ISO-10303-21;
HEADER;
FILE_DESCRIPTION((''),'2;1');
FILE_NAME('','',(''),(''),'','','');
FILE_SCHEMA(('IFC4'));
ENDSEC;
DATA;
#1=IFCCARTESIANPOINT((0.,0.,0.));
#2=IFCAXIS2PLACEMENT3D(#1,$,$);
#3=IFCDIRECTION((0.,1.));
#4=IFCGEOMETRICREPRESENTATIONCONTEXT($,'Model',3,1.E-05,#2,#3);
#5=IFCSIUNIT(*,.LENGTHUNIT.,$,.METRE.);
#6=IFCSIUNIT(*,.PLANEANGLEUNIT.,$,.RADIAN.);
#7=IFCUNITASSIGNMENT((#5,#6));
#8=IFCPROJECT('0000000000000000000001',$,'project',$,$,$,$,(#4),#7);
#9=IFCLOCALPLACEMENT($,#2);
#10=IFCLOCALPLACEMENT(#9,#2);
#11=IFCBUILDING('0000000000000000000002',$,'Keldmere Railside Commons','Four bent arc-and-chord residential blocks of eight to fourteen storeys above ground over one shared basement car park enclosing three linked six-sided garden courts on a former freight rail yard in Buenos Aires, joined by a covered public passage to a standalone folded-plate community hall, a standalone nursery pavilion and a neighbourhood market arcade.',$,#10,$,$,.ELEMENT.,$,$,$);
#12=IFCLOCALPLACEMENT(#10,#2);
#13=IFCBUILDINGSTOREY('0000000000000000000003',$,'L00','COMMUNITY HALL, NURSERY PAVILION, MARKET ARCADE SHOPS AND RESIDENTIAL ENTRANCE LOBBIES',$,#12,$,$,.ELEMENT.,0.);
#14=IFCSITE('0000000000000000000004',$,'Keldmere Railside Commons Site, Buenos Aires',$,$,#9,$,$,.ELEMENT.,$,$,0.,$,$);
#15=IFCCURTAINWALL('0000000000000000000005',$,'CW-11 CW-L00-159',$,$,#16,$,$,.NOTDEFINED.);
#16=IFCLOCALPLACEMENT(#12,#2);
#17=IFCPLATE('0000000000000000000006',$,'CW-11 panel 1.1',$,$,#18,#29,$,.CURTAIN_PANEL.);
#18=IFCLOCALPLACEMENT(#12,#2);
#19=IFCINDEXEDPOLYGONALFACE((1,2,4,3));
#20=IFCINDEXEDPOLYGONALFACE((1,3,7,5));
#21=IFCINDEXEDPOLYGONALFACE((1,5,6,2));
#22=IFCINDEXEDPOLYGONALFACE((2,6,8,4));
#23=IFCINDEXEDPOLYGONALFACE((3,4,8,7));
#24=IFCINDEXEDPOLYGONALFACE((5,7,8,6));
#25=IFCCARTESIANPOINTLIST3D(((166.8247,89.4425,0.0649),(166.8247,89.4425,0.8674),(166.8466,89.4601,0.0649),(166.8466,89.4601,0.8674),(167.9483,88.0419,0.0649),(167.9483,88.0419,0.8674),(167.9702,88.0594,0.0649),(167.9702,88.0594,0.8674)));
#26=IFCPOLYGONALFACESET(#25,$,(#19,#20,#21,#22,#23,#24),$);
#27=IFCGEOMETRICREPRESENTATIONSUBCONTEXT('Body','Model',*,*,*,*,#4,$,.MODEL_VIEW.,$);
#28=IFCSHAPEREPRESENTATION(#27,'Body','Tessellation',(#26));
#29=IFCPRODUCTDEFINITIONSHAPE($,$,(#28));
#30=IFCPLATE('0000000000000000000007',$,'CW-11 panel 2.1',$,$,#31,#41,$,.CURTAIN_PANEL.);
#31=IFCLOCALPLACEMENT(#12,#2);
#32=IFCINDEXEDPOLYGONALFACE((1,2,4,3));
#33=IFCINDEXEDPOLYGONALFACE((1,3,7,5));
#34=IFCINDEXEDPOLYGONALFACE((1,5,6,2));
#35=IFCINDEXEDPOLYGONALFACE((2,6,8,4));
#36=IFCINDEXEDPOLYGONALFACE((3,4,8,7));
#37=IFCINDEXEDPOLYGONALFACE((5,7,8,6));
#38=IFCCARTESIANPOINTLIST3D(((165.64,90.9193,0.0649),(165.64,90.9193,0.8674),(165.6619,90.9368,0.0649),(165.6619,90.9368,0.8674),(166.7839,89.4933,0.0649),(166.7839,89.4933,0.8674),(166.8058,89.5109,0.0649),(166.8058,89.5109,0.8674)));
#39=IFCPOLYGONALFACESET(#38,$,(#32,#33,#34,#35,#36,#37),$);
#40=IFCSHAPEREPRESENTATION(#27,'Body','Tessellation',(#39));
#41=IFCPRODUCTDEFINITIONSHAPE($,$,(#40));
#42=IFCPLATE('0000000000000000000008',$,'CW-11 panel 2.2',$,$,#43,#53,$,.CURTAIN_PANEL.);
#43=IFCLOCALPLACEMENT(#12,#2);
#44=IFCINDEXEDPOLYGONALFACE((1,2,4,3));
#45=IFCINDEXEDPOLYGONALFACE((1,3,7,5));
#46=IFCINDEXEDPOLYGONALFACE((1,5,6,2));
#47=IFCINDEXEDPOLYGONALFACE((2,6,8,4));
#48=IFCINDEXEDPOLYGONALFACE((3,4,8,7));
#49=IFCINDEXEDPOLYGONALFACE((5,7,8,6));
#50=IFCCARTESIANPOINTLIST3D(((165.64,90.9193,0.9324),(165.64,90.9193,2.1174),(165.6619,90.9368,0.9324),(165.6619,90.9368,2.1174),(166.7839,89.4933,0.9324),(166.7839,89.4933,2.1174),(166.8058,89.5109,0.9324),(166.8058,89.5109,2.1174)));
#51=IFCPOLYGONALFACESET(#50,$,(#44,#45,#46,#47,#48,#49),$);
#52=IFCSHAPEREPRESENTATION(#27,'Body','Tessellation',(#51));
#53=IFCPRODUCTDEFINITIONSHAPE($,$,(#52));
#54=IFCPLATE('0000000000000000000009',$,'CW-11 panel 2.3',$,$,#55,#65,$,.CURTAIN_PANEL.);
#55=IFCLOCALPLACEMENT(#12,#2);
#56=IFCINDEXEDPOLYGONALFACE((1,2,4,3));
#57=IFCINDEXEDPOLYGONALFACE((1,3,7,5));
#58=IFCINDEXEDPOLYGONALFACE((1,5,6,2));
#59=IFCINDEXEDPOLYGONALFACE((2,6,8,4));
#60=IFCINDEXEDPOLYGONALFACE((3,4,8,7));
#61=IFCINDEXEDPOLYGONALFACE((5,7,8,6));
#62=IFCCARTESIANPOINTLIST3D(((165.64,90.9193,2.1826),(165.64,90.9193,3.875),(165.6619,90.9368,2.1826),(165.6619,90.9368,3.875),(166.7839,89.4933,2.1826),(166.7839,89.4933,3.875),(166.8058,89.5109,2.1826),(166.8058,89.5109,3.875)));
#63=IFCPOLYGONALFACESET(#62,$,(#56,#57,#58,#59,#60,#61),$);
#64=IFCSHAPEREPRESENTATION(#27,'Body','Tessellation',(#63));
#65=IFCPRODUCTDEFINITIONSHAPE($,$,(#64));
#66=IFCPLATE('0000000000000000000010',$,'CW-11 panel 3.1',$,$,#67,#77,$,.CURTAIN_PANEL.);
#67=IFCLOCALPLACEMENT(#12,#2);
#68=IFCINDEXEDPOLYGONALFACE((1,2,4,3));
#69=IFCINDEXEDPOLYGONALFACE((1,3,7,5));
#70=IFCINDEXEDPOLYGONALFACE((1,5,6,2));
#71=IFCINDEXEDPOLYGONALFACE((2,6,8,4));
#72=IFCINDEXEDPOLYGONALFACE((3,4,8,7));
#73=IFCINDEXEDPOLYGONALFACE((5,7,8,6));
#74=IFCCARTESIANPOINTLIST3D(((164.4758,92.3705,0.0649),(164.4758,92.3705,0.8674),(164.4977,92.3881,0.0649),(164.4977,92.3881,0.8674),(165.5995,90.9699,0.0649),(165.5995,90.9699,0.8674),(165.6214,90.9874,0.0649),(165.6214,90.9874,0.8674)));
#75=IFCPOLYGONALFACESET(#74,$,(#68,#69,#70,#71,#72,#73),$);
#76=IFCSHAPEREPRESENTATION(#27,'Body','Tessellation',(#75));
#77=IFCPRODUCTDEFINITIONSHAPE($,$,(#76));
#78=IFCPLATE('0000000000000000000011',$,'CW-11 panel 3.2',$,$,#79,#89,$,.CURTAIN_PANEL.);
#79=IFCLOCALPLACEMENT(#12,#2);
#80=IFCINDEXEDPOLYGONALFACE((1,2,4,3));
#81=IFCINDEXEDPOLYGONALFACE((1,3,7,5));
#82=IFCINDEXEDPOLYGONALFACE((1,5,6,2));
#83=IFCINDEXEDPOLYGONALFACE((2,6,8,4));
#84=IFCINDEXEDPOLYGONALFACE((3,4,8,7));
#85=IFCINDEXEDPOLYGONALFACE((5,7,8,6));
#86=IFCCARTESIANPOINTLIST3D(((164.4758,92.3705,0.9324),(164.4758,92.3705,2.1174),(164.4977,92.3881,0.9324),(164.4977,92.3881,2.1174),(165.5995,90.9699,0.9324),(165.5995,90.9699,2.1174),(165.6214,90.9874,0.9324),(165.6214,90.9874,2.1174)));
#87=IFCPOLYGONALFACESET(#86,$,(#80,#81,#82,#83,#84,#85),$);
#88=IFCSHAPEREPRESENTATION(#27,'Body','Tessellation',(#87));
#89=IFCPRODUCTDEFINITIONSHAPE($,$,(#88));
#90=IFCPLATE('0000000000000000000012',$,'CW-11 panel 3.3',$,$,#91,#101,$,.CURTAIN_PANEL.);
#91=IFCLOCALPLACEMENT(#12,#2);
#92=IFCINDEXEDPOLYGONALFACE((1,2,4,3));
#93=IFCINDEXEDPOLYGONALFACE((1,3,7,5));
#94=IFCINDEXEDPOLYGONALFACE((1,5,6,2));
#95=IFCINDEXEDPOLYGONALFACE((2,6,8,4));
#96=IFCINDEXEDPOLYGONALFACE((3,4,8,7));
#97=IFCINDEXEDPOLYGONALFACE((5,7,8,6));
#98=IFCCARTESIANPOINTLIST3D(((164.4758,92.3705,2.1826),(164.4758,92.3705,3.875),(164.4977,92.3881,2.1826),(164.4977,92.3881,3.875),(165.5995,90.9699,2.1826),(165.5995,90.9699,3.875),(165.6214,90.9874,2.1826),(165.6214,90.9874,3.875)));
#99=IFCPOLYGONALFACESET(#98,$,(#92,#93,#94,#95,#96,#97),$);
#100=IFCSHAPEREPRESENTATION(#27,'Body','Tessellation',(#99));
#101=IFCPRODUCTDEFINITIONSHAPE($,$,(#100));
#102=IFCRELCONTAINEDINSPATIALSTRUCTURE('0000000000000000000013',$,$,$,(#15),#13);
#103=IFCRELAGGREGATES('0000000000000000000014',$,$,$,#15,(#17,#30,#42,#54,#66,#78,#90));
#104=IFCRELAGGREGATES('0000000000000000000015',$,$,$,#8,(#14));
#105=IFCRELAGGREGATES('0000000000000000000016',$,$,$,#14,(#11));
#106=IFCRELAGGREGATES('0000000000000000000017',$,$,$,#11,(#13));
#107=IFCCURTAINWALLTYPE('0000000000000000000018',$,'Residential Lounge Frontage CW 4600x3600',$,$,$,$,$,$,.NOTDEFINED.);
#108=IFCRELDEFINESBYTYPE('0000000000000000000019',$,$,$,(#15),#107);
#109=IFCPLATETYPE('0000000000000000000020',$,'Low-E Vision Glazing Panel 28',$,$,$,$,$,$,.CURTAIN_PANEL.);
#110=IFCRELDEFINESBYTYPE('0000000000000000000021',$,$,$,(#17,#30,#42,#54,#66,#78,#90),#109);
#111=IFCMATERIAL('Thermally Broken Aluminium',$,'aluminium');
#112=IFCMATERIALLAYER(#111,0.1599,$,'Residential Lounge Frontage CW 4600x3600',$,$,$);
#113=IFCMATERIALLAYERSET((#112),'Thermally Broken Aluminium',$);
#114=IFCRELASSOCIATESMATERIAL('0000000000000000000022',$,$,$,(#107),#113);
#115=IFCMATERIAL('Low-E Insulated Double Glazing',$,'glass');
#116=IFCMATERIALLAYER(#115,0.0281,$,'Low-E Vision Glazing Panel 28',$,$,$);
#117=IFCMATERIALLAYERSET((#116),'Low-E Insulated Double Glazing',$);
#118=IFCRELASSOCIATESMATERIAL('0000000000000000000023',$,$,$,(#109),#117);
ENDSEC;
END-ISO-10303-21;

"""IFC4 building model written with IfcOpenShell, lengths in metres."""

from ifc_helpers import new_model, si_unit, direction, frame, origin, origin_2d, place, context, subcontext, project, spatial, rectangle, extrude, material, layer, layer_set, type_object, element, aggregate, save


model = new_model("IFC4")

# Units and contexts
model_context = context("Model", 3, precision=1e-05, world=origin(), true_north=direction((0.0, 1.0)))
body_context = subcontext(model_context, "Body", "Model", "MODEL_VIEW")
ifc_project = project(units=[si_unit("LENGTHUNIT", "METRE"), si_unit("PLANEANGLEUNIT", "RADIAN")], contexts=[model_context])

# Site, building, storey
site_placement = place(None, origin())
site = spatial("IfcSite", under=ifc_project, at=site_placement, Name="Keldmere Railside Commons Site, Buenos Aires", CompositionType="ELEMENT", RefElevation=0.0)
building_placement = place(site_placement, origin())
building = spatial("IfcBuilding", under=site, at=building_placement, Name="Keldmere Railside Commons", Description="Four bent arc-and-chord residential blocks of eight to fourteen storeys above ground over one shared basement car park enclosing three linked six-sided garden courts on a former freight rail yard in Buenos Aires, joined by a covered public passage to a standalone folded-plate community hall, a standalone nursery pavilion and a neighbourhood market arcade.", CompositionType="ELEMENT")
storey_placement = place(building_placement, origin())
storey = spatial("IfcBuildingStorey", under=building, at=storey_placement, Name="L00", Description="COMMUNITY HALL, NURSERY PAVILION, MARKET ARCADE SHOPS AND RESIDENTIAL ENTRANCE LOBBIES", CompositionType="ELEMENT", Elevation=0.0)

# Curtain wall
ifc_material_1 = material(Name="Thermally Broken Aluminium", Category="aluminium")
ifc_layer_1 = layer(ifc_material_1, 0.1599, Name="Residential Lounge Frontage CW 4600x3600")
ifc_layer_set_1 = layer_set([ifc_layer_1], Name="Thermally Broken Aluminium")
curtain_wall_type_1 = type_object("IfcCurtainWallType", Name="Residential Lounge Frontage CW 4600x3600", PredefinedType="NOTDEFINED", material=ifc_layer_set_1)
curtain_wall_1_placement = place(storey_placement, origin())
curtain_wall_1 = element("IfcCurtainWall", 1, at=curtain_wall_1_placement, inside=storey, type_object=curtain_wall_type_1, Name="CW-11 CW-L00-159", PredefinedType="NOTDEFINED")

# Plates
ifc_material_2 = material(Name="Low-E Insulated Double Glazing", Category="glass")
ifc_layer_2 = layer(ifc_material_2, 0.0281, Name="Low-E Vision Glazing Panel 28")
ifc_layer_set_2 = layer_set([ifc_layer_2], Name="Low-E Insulated Double Glazing")
plate_type_1 = type_object("IfcPlateType", Name="Low-E Vision Glazing Panel 28", PredefinedType="CURTAIN_PANEL", material=ifc_layer_set_2)
plate_1_placement = place(storey_placement, frame((167.3975, 88.751, 0.0649), z_axis=(0.0, 0.0, 1.0), x_axis=(-0.625768, 0.780009, 0.0)))
plate_1 = element("IfcPlate", 2, at=plate_1_placement, type_object=plate_type_1, Name="CW-11 panel 1.1", PredefinedType="CURTAIN_PANEL", context=body_context, shape_type="SweptSolid", body=[
    extrude(rectangle(XDim=1.7957, YDim=0.0281, at=origin_2d()), origin(), (0.0, 0.0, 1.0), 0.8025),
])
plate_2_placement = place(storey_placement, frame((166.2229, 90.2151, 0.0649), z_axis=(0.0, 0.0, 1.0), x_axis=(-0.625768, 0.780009, 0.0)))
plate_2 = element("IfcPlate", 3, at=plate_2_placement, type_object=plate_type_1, Name="CW-11 panel 2.1", PredefinedType="CURTAIN_PANEL", context=body_context, shape_type="SweptSolid", body=[
    extrude(rectangle(XDim=1.8281, YDim=0.0281, at=origin_2d()), origin(), (0.0, 0.0, 1.0), 0.8025),
])
plate_3_placement = place(storey_placement, frame((166.2229, 90.2151, 0.9324), z_axis=(0.0, 0.0, 1.0), x_axis=(-0.625768, 0.780009, 0.0)))
plate_3 = element("IfcPlate", 4, at=plate_3_placement, type_object=plate_type_1, Name="CW-11 panel 2.2", PredefinedType="CURTAIN_PANEL", context=body_context, shape_type="SweptSolid", body=[
    extrude(rectangle(XDim=1.8281, YDim=0.0281, at=origin_2d()), origin(), (0.0, 0.0, 1.0), 1.1851),
])
plate_4_placement = place(storey_placement, frame((166.2229, 90.2151, 2.1826), z_axis=(0.0, 0.0, 1.0), x_axis=(-0.625768, 0.780009, 0.0)))
plate_4 = element("IfcPlate", 5, at=plate_4_placement, type_object=plate_type_1, Name="CW-11 panel 2.3", PredefinedType="CURTAIN_PANEL", context=body_context, shape_type="SweptSolid", body=[
    extrude(rectangle(XDim=1.8281, YDim=0.0281, at=origin_2d()), origin(), (0.0, 0.0, 1.0), 1.6924),
])
plate_5_placement = place(storey_placement, frame((165.0486, 91.679, 0.0649), z_axis=(0.0, 0.0, 1.0), x_axis=(-0.625768, 0.780009, 0.0)))
plate_5 = element("IfcPlate", 6, at=plate_5_placement, type_object=plate_type_1, Name="CW-11 panel 3.1", PredefinedType="CURTAIN_PANEL", context=body_context, shape_type="SweptSolid", body=[
    extrude(rectangle(XDim=1.7957, YDim=0.0281, at=origin_2d()), origin(), (0.0, 0.0, 1.0), 0.8025),
])
plate_6_placement = place(storey_placement, frame((165.0486, 91.679, 0.9324), z_axis=(0.0, 0.0, 1.0), x_axis=(-0.625768, 0.780009, 0.0)))
plate_6 = element("IfcPlate", 7, at=plate_6_placement, type_object=plate_type_1, Name="CW-11 panel 3.2", PredefinedType="CURTAIN_PANEL", context=body_context, shape_type="SweptSolid", body=[
    extrude(rectangle(XDim=1.7957, YDim=0.0281, at=origin_2d()), origin(), (0.0, 0.0, 1.0), 1.1851),
])
plate_7_placement = place(storey_placement, frame((165.0486, 91.679, 2.1826), z_axis=(0.0, 0.0, 1.0), x_axis=(-0.625768, 0.780009, 0.0)))
plate_7 = element("IfcPlate", 8, at=plate_7_placement, type_object=plate_type_1, Name="CW-11 panel 3.3", PredefinedType="CURTAIN_PANEL", context=body_context, shape_type="SweptSolid", body=[
    extrude(rectangle(XDim=1.7957, YDim=0.0281, at=origin_2d()), origin(), (0.0, 0.0, 1.0), 1.6924),
])
aggregate(curtain_wall_1, [plate_1, plate_2, plate_3, plate_4, plate_5, plate_6, plate_7])

save(model, "model.ifc")
